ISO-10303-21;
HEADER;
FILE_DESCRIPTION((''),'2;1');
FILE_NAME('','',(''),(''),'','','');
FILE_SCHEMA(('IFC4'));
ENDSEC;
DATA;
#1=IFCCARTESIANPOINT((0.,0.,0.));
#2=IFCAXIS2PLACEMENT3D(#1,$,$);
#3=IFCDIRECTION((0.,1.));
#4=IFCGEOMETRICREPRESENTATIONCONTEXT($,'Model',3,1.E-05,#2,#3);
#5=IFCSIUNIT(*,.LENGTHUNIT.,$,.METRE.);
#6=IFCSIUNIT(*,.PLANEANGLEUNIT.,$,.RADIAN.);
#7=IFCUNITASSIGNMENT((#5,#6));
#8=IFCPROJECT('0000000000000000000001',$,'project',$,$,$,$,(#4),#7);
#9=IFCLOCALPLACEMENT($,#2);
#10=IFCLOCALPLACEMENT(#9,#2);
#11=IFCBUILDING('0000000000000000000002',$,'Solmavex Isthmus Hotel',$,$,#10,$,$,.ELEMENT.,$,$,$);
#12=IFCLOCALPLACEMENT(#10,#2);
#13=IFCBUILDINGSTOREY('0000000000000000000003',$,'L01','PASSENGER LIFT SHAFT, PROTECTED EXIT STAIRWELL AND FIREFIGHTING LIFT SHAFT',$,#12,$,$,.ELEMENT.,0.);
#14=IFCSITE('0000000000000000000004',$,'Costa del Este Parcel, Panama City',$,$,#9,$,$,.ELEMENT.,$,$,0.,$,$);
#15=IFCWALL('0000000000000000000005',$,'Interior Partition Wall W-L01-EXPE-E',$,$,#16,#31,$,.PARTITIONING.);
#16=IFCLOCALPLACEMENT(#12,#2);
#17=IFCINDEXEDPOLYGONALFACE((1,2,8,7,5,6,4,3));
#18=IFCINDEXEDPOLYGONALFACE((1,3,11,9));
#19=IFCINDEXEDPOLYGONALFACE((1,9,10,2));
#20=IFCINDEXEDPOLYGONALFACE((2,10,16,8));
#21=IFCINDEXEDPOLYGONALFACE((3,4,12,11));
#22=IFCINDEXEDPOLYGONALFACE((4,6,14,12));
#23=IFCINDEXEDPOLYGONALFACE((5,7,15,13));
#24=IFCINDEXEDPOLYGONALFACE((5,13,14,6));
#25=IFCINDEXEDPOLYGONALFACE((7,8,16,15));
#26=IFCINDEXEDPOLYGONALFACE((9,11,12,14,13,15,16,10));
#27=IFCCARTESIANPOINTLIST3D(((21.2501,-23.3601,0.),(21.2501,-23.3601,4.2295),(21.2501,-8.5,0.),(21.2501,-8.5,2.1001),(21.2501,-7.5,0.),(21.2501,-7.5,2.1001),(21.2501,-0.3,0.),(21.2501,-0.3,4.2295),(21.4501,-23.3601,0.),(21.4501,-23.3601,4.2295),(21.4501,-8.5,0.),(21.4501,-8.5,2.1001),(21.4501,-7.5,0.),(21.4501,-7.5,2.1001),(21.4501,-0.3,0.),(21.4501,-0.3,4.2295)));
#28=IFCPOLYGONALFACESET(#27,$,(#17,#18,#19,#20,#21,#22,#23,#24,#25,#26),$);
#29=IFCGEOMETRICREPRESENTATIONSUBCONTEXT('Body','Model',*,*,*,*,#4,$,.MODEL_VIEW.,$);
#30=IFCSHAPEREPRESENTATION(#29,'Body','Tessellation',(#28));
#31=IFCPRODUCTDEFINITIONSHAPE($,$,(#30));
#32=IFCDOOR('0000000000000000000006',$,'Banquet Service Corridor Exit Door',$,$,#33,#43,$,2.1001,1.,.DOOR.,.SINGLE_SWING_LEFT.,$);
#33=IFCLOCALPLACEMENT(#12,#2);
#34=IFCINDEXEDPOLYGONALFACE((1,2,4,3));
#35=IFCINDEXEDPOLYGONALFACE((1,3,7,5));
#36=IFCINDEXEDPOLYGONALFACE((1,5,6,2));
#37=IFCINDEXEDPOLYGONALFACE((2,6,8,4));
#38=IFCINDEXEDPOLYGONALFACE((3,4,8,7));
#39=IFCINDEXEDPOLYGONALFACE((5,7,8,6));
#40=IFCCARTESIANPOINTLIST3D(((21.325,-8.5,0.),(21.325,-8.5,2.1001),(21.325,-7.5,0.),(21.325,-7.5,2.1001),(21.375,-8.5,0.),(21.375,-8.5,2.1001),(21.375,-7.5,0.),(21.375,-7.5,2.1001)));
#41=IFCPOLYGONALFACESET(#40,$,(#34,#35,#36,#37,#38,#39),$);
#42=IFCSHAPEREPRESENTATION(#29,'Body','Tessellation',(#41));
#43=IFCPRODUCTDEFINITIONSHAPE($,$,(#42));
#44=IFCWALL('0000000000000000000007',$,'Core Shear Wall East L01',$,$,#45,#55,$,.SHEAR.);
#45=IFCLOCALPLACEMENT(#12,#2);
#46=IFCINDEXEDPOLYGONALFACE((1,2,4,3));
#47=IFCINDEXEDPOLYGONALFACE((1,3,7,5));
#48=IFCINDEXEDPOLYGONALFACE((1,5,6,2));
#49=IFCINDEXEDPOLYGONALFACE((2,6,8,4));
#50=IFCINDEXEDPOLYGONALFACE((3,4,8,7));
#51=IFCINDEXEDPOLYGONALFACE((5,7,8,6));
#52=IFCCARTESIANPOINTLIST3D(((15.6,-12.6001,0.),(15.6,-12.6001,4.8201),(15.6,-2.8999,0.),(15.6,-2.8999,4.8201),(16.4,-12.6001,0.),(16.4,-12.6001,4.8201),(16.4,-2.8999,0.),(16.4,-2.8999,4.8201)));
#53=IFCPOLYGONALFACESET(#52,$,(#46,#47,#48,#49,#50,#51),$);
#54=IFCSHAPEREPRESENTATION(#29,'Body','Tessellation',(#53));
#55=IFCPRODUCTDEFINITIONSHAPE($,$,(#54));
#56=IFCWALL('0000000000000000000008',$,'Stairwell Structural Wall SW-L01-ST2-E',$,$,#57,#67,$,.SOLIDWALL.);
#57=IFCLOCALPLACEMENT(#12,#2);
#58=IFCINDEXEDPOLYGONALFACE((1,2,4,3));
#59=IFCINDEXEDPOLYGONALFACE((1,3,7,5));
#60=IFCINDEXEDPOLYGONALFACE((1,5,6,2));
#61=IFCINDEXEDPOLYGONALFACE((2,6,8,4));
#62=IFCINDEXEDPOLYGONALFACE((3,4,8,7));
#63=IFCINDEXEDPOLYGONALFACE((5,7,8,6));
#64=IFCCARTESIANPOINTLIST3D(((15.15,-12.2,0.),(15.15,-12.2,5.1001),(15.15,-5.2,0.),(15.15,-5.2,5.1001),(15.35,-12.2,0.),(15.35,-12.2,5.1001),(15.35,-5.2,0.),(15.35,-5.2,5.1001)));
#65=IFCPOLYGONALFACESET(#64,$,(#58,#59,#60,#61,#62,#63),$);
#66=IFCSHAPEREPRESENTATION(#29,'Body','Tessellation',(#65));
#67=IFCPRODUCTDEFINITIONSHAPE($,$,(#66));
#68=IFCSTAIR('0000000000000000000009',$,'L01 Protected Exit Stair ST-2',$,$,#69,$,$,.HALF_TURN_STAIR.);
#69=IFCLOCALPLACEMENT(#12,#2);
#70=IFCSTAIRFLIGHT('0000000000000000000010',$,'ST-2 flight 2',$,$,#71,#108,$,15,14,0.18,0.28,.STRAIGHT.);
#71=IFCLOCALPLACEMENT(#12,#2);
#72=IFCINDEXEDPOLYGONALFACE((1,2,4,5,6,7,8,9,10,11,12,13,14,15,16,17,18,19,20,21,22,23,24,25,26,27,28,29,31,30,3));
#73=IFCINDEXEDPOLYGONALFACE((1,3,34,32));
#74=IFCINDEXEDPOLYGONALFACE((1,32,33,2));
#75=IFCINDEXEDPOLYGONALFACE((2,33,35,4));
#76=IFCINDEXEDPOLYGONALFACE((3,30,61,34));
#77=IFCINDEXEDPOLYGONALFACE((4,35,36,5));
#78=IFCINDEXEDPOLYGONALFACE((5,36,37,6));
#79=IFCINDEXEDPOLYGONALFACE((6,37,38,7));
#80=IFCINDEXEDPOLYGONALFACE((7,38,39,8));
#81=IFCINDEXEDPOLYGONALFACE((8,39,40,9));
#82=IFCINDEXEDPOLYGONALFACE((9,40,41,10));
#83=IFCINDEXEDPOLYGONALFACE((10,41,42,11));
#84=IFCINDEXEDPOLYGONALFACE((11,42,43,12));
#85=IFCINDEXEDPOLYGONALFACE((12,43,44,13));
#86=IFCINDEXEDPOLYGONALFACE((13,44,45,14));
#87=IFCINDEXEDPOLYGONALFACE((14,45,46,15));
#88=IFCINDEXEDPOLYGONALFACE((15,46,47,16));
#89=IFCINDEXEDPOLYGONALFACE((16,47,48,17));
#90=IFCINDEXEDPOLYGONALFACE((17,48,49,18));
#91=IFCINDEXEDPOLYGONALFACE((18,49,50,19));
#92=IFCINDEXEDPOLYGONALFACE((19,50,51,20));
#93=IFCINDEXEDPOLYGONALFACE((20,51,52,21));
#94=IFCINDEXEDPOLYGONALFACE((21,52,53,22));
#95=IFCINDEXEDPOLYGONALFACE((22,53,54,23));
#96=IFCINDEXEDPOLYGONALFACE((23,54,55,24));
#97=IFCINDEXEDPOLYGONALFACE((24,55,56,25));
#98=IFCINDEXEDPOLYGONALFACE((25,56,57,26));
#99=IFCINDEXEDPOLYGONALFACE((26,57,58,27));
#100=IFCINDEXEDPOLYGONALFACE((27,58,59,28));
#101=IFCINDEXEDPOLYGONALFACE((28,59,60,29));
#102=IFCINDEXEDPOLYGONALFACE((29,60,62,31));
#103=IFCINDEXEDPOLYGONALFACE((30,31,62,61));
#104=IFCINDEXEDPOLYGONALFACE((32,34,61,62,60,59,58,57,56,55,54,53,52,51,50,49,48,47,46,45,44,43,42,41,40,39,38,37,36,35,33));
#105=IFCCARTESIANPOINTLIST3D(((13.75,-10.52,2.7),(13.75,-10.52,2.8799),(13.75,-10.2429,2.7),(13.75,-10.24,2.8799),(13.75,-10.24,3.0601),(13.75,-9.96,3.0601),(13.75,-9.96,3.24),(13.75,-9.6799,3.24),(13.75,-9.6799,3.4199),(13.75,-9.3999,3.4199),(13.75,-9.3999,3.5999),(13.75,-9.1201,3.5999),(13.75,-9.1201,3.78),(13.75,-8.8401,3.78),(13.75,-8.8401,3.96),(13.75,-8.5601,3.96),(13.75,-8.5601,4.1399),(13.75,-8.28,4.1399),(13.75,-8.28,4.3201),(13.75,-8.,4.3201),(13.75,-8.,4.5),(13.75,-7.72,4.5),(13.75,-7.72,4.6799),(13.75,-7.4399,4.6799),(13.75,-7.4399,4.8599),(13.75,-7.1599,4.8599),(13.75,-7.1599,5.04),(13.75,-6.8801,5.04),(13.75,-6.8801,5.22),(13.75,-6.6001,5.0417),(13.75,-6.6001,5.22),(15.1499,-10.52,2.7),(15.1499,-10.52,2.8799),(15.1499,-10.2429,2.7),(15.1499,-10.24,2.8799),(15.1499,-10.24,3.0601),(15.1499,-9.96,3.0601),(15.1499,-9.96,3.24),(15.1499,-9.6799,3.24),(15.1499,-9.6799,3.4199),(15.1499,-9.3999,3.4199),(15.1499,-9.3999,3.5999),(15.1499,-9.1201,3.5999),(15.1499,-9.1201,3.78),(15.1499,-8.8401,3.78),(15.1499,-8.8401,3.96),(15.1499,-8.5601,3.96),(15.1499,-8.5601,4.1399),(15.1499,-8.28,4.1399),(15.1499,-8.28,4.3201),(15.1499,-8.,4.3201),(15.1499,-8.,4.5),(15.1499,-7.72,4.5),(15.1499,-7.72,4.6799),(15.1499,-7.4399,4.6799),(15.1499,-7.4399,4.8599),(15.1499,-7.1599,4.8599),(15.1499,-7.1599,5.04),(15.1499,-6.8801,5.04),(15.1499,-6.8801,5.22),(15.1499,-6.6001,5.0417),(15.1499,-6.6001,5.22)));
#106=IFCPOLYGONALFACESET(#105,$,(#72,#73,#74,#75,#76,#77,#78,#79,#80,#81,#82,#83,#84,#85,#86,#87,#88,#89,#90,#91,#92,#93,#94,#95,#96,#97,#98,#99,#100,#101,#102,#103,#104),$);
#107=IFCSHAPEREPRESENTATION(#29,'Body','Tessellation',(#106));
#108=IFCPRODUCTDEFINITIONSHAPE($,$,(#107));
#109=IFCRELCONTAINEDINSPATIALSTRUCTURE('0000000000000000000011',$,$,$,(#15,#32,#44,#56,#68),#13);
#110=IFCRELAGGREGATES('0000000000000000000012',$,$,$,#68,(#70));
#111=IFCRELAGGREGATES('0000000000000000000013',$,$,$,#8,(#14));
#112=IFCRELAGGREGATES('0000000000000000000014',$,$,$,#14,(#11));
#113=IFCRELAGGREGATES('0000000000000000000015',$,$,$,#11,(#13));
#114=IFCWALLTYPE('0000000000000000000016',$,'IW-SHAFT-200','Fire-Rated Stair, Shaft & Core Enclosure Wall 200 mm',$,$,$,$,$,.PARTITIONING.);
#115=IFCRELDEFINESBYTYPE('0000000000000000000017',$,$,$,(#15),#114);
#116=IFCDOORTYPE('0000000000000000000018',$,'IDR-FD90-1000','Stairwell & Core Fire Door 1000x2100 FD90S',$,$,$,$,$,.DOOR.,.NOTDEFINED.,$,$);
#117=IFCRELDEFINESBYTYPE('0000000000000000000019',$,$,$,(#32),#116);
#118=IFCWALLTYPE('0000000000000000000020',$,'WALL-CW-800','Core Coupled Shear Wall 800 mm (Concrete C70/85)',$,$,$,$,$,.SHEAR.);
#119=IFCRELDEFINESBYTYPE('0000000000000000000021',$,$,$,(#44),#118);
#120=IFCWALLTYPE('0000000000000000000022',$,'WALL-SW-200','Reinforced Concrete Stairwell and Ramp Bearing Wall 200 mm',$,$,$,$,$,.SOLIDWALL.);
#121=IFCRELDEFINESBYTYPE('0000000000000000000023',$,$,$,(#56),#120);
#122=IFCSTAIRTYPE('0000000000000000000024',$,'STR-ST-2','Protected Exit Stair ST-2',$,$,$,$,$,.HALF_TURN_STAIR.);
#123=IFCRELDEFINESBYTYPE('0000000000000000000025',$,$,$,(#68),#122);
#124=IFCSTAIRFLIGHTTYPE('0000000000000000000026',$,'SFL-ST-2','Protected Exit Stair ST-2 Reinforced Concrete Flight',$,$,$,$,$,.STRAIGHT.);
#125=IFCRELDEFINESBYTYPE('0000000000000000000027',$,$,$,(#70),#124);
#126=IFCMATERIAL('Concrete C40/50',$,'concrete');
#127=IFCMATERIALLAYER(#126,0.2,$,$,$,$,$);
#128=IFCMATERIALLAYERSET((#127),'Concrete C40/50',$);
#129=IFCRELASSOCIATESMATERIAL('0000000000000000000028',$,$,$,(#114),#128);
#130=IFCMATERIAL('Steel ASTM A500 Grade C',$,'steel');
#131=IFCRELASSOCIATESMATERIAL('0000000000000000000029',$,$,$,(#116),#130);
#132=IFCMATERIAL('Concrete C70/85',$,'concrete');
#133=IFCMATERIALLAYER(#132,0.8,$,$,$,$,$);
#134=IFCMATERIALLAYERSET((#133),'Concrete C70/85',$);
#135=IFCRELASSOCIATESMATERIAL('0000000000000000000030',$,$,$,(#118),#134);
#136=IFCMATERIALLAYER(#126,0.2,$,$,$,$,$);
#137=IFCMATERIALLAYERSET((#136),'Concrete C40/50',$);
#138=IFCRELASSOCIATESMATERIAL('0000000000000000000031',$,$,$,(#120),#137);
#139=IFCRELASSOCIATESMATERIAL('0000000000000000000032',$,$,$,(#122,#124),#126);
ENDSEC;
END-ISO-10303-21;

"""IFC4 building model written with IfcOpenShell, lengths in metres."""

from ifc_helpers import new_model, si_unit, direction, frame, frame_2d, origin, place, context, subcontext, project, spatial, polyline, rectangle, outline, extrude, material, layer, layer_set, type_object, element, fill, aggregate, save


model = new_model("IFC4")

# Units and contexts
model_context = context("Model", 3, precision=1e-05, world=origin(), true_north=direction((0.0, 1.0)))
body_context = subcontext(model_context, "Body", "Model", "MODEL_VIEW")
ifc_project = project(units=[si_unit("LENGTHUNIT", "METRE"), si_unit("PLANEANGLEUNIT", "RADIAN")], contexts=[model_context])

# Site, building, storey
site_placement = place(None, origin())
site = spatial("IfcSite", under=ifc_project, at=site_placement, Name="Costa del Este Parcel, Panama City", CompositionType="ELEMENT", RefElevation=0.0)
building_placement = place(site_placement, origin())
building = spatial("IfcBuilding", under=site, at=building_placement, Name="Solmavex Isthmus Hotel", CompositionType="ELEMENT")
storey_placement = place(building_placement, origin())
storey = spatial("IfcBuildingStorey", under=building, at=storey_placement, Name="L01", Description="PASSENGER LIFT SHAFT, PROTECTED EXIT STAIRWELL AND FIREFIGHTING LIFT SHAFT", CompositionType="ELEMENT", Elevation=0.0)

# Shared definitions
ifc_material_1 = material(Name="Concrete C70/85", Category="concrete")

# Wall, opening, door
ifc_material_2 = material(Name="Concrete C40/50", Category="concrete")
ifc_material_3 = material(Name="Steel ASTM A500 Grade C", Category="steel")
ifc_layer_1 = layer(ifc_material_2, 0.2)
ifc_layer_set_1 = layer_set([ifc_layer_1], Name="Concrete C40/50")
wall_type_1 = type_object("IfcWallType", Name="IW-SHAFT-200", Description="Fire-Rated Stair, Shaft & Core Enclosure Wall 200 mm", PredefinedType="PARTITIONING", material=ifc_layer_set_1)
wall_1_placement = place(storey_placement, frame((21.3501, -23.3601, 0.0), z_axis=(0.0, 0.0, 1.0), x_axis=(0.0, 1.0, 0.0)))
wall_1 = element("IfcWall", 1, at=wall_1_placement, inside=storey, type_object=wall_type_1, Name="Interior Partition Wall W-L01-EXPE-E", PredefinedType="PARTITIONING", context=body_context, shape_type="SweptSolid", body=[
    extrude(rectangle(XDim=23.0601, YDim=0.2, at=frame_2d((11.53, 0.0))), origin(), (0.0, 0.0, 1.0), 4.2295),
])
opening_1_placement = place(wall_1_placement, frame((14.8601, 0.0, 0.0)))
opening_1 = element("IfcOpeningElement", 2, at=opening_1_placement, cuts=wall_1, PredefinedType="OPENING", context=body_context, shape_type="SweptSolid", body=[
    extrude(rectangle(XDim=1.0, YDim=2.1001, at=frame_2d((0.5, 1.05))), frame((0.0, 0.1099, 0.0), z_axis=(0.0, -1.0, 0.0), x_axis=(1.0, 0.0, 0.0)), (0.0, 0.0, 1.0), 0.22),
])
door_type_1 = type_object("IfcDoorType", Name="IDR-FD90-1000", Description="Stairwell & Core Fire Door 1000x2100 FD90S", OperationType="NOTDEFINED", PredefinedType="DOOR", material=ifc_material_3)
door_1_placement = place(opening_1_placement, frame((1.0, 0.0, 0.0), z_axis=(0.0, 0.0, 1.0), x_axis=(-1.0, 0.0, 0.0)))
door_1 = element("IfcDoor", 3, at=door_1_placement, inside=storey, type_object=door_type_1, Name="Banquet Service Corridor Exit Door", OperationType="SINGLE_SWING_LEFT", OverallHeight=2.1001, OverallWidth=1.0, PredefinedType="DOOR", context=body_context, shape_type="SweptSolid", body=[
    extrude(rectangle(XDim=1.0, YDim=2.1001, at=frame_2d((0.5, 1.05))), frame((0.0, 0.0249, 0.0), z_axis=(0.0, -1.0, 0.0), x_axis=(1.0, 0.0, 0.0)), (0.0, 0.0, 1.0), 0.05),
])
fill(opening_1, door_1)

# Walls
ifc_layer_2 = layer(ifc_material_1, 0.8)
ifc_layer_set_2 = layer_set([ifc_layer_2], Name="Concrete C70/85")
wall_type_2 = type_object("IfcWallType", Name="WALL-CW-800", Description="Core Coupled Shear Wall 800 mm (Concrete C70/85)", PredefinedType="SHEAR", material=ifc_layer_set_2)
wall_2_placement = place(storey_placement, frame((16.0, -12.6001, 0.0), z_axis=(0.0, 0.0, 1.0), x_axis=(0.0, 1.0, 0.0)))
element("IfcWall", 4, at=wall_2_placement, inside=storey, type_object=wall_type_2, Name="Core Shear Wall East L01", PredefinedType="SHEAR", context=body_context, shape_type="SweptSolid", body=[
    extrude(rectangle(XDim=9.7002, YDim=0.8, at=frame_2d((4.8501, 0.0))), origin(), (0.0, 0.0, 1.0), 4.8201),
])
ifc_layer_3 = layer(ifc_material_2, 0.2)
ifc_layer_set_3 = layer_set([ifc_layer_3], Name="Concrete C40/50")
wall_type_3 = type_object("IfcWallType", Name="WALL-SW-200", Description="Reinforced Concrete Stairwell and Ramp Bearing Wall 200 mm", PredefinedType="SOLIDWALL", material=ifc_layer_set_3)
wall_3_placement = place(storey_placement, frame((15.25, -12.2, 0.0), z_axis=(0.0, 0.0, 1.0), x_axis=(0.0, 1.0, 0.0)))
element("IfcWall", 5, at=wall_3_placement, inside=storey, type_object=wall_type_3, Name="Stairwell Structural Wall SW-L01-ST2-E", PredefinedType="SOLIDWALL", context=body_context, shape_type="SweptSolid", body=[
    extrude(rectangle(XDim=7.0, YDim=0.2, at=frame_2d((3.5, 0.0))), origin(), (0.0, 0.0, 1.0), 5.1001),
])

# Stair, stair flight
stair_type = type_object("IfcStairType", Name="STR-ST-2", Description="Protected Exit Stair ST-2", PredefinedType="HALF_TURN_STAIR", material=ifc_material_2)
stair_placement = place(storey_placement, origin())
stair = element("IfcStair", 6, at=stair_placement, inside=storey, type_object=stair_type, Name="L01 Protected Exit Stair ST-2", PredefinedType="HALF_TURN_STAIR")
stair_flight_type = type_object("IfcStairFlightType", Name="SFL-ST-2", Description="Protected Exit Stair ST-2 Reinforced Concrete Flight", PredefinedType="STRAIGHT", material=ifc_material_2)
stair_flight_placement = place(storey_placement, frame((14.45, -10.52, 2.7), z_axis=(0.0, 0.0, 1.0), x_axis=(0.0, 1.0, 0.0)))
stair_flight = element("IfcStairFlight", 7, at=stair_flight_placement, type_object=stair_flight_type, Name="ST-2 flight 2", NumberOfRisers=15, NumberOfTreads=14, PredefinedType="STRAIGHT", RiserHeight=0.18, TreadLength=0.28, context=body_context, shape_type="SweptSolid", body=[
    extrude(outline(polyline([(0.0, 0.0), (0.0, 0.1799), (0.28, 0.1799), (0.28, 0.3601), (0.5601, 0.3601), (0.5601, 0.54), (0.8401, 0.54), (0.8401, 0.72), (1.1201, 0.72), (1.1201, 0.8999), (1.3999, 0.8999), (1.3999, 1.0801), (1.6799, 1.0801), (1.6799, 1.26), (1.96, 1.26), (1.96, 1.4399), (2.24, 1.4399), (2.24, 1.6201), (2.52, 1.6201), (2.52, 1.8), (2.8, 1.8), (2.8, 1.98), (3.0801, 1.98), (3.0801, 2.1599), (3.3601, 2.1599), (3.3601, 2.3401), (3.6399, 2.3401), (3.6399, 2.52), (3.9199, 2.52), (3.9199, 2.7), (3.9199, 2.3418), (0.2771, 0.0), (0.0, 0.0)])), frame((0.0, 0.7, 0.0), z_axis=(0.0, -1.0, 0.0), x_axis=(1.0, 0.0, 0.0)), (0.0, 0.0, 1.0), 1.3999),
])
aggregate(stair, [stair_flight])

save(model, "model.ifc")
